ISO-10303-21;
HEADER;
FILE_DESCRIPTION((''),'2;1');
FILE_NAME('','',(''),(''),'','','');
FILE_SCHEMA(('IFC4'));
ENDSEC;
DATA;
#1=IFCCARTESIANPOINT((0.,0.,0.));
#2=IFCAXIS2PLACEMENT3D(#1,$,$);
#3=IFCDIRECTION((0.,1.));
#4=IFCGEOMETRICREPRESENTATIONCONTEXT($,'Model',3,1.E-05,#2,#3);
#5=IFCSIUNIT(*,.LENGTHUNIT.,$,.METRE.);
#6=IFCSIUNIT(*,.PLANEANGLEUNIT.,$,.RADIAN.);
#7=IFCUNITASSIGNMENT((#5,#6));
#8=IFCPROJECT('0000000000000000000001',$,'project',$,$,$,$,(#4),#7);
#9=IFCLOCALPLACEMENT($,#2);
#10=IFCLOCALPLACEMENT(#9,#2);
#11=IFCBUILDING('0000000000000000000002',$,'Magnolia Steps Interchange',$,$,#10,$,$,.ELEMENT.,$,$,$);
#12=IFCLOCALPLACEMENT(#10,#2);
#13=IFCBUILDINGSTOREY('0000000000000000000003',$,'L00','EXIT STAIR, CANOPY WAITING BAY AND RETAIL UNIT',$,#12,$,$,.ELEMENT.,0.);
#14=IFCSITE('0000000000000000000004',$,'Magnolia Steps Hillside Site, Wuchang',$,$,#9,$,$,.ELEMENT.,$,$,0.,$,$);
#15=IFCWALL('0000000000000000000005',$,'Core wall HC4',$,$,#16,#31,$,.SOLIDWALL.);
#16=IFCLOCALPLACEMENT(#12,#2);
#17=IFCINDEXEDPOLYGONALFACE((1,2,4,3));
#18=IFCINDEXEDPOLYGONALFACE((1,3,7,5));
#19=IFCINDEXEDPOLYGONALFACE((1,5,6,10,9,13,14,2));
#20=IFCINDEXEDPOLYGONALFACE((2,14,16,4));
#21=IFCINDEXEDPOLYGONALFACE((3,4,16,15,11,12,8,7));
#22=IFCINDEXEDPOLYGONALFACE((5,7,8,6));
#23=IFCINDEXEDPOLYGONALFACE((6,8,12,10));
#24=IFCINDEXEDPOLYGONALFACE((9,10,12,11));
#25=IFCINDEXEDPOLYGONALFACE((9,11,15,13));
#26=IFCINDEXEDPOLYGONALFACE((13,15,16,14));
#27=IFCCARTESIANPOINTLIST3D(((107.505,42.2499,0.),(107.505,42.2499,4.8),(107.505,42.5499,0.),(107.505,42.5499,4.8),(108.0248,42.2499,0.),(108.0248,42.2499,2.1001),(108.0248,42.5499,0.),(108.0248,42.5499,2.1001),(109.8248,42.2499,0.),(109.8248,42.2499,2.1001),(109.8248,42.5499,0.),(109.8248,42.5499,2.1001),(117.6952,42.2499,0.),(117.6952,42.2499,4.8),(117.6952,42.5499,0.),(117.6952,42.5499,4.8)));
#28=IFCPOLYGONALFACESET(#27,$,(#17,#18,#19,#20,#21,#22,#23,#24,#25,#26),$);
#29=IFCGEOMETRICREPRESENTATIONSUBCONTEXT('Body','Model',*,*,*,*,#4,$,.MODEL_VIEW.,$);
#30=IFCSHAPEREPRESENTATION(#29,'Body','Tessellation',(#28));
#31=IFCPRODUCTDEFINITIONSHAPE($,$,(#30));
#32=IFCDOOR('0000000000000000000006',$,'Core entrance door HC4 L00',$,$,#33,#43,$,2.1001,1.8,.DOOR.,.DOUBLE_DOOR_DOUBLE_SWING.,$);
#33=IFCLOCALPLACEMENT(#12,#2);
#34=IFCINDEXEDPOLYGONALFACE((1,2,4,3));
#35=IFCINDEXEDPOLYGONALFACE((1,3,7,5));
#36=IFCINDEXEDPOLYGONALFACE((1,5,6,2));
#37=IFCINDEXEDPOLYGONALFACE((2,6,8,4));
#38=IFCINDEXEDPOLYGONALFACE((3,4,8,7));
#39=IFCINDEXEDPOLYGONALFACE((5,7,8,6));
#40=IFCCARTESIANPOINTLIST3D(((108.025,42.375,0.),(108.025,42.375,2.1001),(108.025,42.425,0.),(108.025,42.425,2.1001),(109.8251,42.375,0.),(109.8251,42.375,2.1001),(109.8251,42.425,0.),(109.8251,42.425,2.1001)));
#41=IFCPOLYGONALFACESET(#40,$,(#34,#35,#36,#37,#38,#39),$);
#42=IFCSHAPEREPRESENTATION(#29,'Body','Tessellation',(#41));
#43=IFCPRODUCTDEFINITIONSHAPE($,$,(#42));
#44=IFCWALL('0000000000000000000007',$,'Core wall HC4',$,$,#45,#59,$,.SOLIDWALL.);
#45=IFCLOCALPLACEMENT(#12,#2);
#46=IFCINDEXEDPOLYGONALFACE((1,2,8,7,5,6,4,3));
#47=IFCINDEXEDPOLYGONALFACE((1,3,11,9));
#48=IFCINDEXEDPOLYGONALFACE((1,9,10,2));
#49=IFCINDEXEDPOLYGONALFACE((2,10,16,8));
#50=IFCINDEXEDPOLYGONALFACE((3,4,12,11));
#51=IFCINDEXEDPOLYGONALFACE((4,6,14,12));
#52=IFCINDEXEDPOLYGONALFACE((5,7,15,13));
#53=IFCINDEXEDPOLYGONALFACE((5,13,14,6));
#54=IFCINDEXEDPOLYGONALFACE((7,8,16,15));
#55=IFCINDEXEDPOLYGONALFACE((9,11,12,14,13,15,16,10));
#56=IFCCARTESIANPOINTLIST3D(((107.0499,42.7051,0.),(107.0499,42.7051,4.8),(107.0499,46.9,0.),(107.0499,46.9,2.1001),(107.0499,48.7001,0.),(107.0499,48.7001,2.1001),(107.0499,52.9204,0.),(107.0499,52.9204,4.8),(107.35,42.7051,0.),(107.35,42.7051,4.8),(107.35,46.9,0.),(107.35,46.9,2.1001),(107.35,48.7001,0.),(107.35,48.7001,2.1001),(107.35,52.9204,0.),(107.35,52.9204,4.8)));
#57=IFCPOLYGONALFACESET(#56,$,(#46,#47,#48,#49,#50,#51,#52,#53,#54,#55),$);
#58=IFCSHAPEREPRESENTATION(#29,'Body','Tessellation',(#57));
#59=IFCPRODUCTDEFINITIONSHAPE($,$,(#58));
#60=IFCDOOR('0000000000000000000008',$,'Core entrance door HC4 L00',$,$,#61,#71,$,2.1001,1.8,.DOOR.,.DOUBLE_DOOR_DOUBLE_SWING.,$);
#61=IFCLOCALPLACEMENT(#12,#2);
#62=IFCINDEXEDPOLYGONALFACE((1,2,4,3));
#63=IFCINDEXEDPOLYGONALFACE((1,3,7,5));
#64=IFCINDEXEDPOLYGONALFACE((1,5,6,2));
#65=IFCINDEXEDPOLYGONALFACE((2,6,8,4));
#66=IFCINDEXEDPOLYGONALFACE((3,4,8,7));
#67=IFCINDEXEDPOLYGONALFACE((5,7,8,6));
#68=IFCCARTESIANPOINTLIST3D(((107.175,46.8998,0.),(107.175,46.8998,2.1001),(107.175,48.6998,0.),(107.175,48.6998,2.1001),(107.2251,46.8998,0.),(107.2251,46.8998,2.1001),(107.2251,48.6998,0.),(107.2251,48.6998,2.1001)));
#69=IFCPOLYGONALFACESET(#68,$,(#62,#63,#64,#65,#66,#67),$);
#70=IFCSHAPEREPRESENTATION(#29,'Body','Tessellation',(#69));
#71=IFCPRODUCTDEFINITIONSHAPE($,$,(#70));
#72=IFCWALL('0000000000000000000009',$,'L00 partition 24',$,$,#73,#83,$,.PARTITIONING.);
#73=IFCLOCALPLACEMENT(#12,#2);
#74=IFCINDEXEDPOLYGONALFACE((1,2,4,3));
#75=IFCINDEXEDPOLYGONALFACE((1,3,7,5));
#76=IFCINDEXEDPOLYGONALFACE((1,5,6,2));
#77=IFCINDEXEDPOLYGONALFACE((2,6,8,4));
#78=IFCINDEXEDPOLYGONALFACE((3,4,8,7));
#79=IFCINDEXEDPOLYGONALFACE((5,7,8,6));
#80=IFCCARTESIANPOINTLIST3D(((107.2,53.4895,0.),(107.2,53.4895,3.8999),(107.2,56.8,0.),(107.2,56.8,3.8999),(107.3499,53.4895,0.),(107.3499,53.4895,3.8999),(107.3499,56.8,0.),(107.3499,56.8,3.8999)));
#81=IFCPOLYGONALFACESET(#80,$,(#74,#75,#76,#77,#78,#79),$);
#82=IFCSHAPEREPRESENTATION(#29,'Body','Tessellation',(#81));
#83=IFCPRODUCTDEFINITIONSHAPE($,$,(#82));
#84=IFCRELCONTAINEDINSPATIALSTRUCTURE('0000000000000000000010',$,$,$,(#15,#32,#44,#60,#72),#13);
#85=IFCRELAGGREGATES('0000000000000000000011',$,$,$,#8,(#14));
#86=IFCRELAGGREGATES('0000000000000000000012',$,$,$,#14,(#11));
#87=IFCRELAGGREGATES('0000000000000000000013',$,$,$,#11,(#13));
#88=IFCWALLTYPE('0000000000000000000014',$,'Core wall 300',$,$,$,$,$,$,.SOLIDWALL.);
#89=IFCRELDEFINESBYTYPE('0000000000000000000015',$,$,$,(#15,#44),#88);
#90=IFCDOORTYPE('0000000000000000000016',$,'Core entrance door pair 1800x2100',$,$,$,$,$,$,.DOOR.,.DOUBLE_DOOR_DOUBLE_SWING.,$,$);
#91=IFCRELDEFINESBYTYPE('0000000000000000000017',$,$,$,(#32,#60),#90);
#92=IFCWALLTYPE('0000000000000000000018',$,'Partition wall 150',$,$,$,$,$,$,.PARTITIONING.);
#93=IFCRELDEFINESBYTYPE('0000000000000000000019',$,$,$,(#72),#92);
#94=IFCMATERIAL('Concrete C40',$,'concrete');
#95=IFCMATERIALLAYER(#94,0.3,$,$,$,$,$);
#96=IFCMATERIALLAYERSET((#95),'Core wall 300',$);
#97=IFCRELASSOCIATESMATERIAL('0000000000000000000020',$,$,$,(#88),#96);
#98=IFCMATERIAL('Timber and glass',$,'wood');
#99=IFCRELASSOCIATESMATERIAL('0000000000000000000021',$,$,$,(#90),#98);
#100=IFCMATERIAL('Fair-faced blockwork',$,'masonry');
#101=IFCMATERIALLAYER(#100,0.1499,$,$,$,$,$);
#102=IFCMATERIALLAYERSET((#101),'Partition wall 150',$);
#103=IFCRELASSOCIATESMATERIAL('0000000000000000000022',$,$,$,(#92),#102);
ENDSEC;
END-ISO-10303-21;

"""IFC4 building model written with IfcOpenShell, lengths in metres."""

from ifc_helpers import new_model, si_unit, direction, frame, frame_2d, origin, place, context, subcontext, project, spatial, rectangle, extrude, material, layer, layer_set, type_object, element, fill, save


model = new_model("IFC4")

# Units and contexts
model_context = context("Model", 3, precision=1e-05, world=origin(), true_north=direction((0.0, 1.0)))
body_context = subcontext(model_context, "Body", "Model", "MODEL_VIEW")
ifc_project = project(units=[si_unit("LENGTHUNIT", "METRE"), si_unit("PLANEANGLEUNIT", "RADIAN")], contexts=[model_context])

# Site, building, storey
site_placement = place(None, origin())
site = spatial("IfcSite", under=ifc_project, at=site_placement, Name="Magnolia Steps Hillside Site, Wuchang", CompositionType="ELEMENT", RefElevation=0.0)
building_placement = place(site_placement, origin())
building = spatial("IfcBuilding", under=site, at=building_placement, Name="Magnolia Steps Interchange", CompositionType="ELEMENT")
storey_placement = place(building_placement, origin())
storey = spatial("IfcBuildingStorey", under=building, at=storey_placement, Name="L00", Description="EXIT STAIR, CANOPY WAITING BAY AND RETAIL UNIT", CompositionType="ELEMENT", Elevation=0.0)

# Walls, openings, doors
ifc_material_1 = material(Name="Concrete C40", Category="concrete")
ifc_layer_1 = layer(ifc_material_1, 0.3)
ifc_layer_set_1 = layer_set([ifc_layer_1], Name="Core wall 300")
wall_type_1 = type_object("IfcWallType", Name="Core wall 300", PredefinedType="SOLIDWALL", material=ifc_layer_set_1)
wall_1_placement = place(storey_placement, frame((107.5049, 42.3999, 0.0), z_axis=(0.0, 0.0, 1.0), x_axis=(1.0, 0.0, 0.0)))
wall_1 = element("IfcWall", 1, at=wall_1_placement, inside=storey, type_object=wall_type_1, Name="Core wall HC4", PredefinedType="SOLIDWALL", context=body_context, shape_type="SweptSolid", body=[
    extrude(rectangle(XDim=10.1902, YDim=0.3, at=frame_2d((5.0952, 0.0))), origin(), (0.0, 0.0, 1.0), 4.8),
])
opening_1_placement = place(wall_1_placement, frame((0.52, 0.0, 0.0)))
opening_1 = element("IfcOpeningElement", 2, at=opening_1_placement, cuts=wall_1, PredefinedType="OPENING", context=body_context, shape_type="SweptSolid", body=[
    extrude(rectangle(XDim=1.8, YDim=2.1001, at=frame_2d((0.8999, 1.05))), frame((0.0, 0.1599, 0.0), z_axis=(0.0, -1.0, 0.0), x_axis=(1.0, 0.0, 0.0)), (0.0, 0.0, 1.0), 0.3201),
])
ifc_material_2 = material(Name="Timber and glass", Category="wood")
door_type_1 = type_object("IfcDoorType", Name="Core entrance door pair 1800x2100", OperationType="DOUBLE_DOOR_DOUBLE_SWING", PredefinedType="DOOR", material=ifc_material_2)
door_1_placement = place(opening_1_placement, frame((1.8, 0.0, 0.0), z_axis=(0.0, 0.0, 1.0), x_axis=(-1.0, 0.0, 0.0)))
door_1 = element("IfcDoor", 3, at=door_1_placement, inside=storey, type_object=door_type_1, Name="Core entrance door HC4 L00", OperationType="DOUBLE_DOOR_DOUBLE_SWING", OverallHeight=2.1001, OverallWidth=1.8, PredefinedType="DOOR", context=body_context, shape_type="SweptSolid", body=[
    extrude(rectangle(XDim=1.8, YDim=2.1001, at=frame_2d((0.8999, 1.05))), frame((0.0, 0.0249, 0.0), z_axis=(0.0, -1.0, 0.0), x_axis=(1.0, 0.0, 0.0)), (0.0, 0.0, 1.0), 0.05),
])
fill(opening_1, door_1)
wall_2_placement = place(storey_placement, frame((107.2, 52.9204, 0.0), z_axis=(0.0, 0.0, 1.0), x_axis=(0.0, -1.0, 0.0)))
wall_2 = element("IfcWall", 4, at=wall_2_placement, inside=storey, type_object=wall_type_1, Name="Core wall HC4", PredefinedType="SOLIDWALL", context=body_context, shape_type="SweptSolid", body=[
    extrude(rectangle(XDim=10.2153, YDim=0.3, at=frame_2d((5.1077, 0.0))), origin(), (0.0, 0.0, 1.0), 4.8),
])
opening_2_placement = place(wall_2_placement, frame((4.2205, 0.0, 0.0)))
opening_2 = element("IfcOpeningElement", 5, at=opening_2_placement, cuts=wall_2, PredefinedType="OPENING", context=body_context, shape_type="SweptSolid", body=[
    extrude(rectangle(XDim=1.8, YDim=2.1001, at=frame_2d((0.8999, 1.05))), frame((0.0, 0.1599, 0.0), z_axis=(0.0, -1.0, 0.0), x_axis=(1.0, 0.0, 0.0)), (0.0, 0.0, 1.0), 0.3201),
])
door_2_placement = place(opening_2_placement, frame((1.8, 0.0, 0.0), z_axis=(0.0, 0.0, 1.0), x_axis=(-1.0, 0.0, 0.0)))
door_2 = element("IfcDoor", 6, at=door_2_placement, inside=storey, type_object=door_type_1, Name="Core entrance door HC4 L00", OperationType="DOUBLE_DOOR_DOUBLE_SWING", OverallHeight=2.1001, OverallWidth=1.8, PredefinedType="DOOR", context=body_context, shape_type="SweptSolid", body=[
    extrude(rectangle(XDim=1.8, YDim=2.1001, at=frame_2d((0.8999, 1.05))), frame((0.0, 0.0249, 0.0), z_axis=(0.0, -1.0, 0.0), x_axis=(1.0, 0.0, 0.0)), (0.0, 0.0, 1.0), 0.05),
])
fill(opening_2, door_2)

# Wall
ifc_material_3 = material(Name="Fair-faced blockwork", Category="masonry")
ifc_layer_2 = layer(ifc_material_3, 0.1499)
ifc_layer_set_2 = layer_set([ifc_layer_2], Name="Partition wall 150")
wall_type_2 = type_object("IfcWallType", Name="Partition wall 150", PredefinedType="PARTITIONING", material=ifc_layer_set_2)
wall_3_placement = place(storey_placement, frame((107.2749, 53.4895, 0.0), z_axis=(0.0, 0.0, 1.0), x_axis=(0.0, 1.0, 0.0)))
element("IfcWall", 7, at=wall_3_placement, inside=storey, type_object=wall_type_2, Name="L00 partition 24", PredefinedType="PARTITIONING", context=body_context, shape_type="SweptSolid", body=[
    extrude(rectangle(XDim=3.3105, YDim=0.1499, at=frame_2d((1.6553, 0.0))), origin(), (0.0, 0.0, 1.0), 3.8999),
])

save(model, "model.ifc")
